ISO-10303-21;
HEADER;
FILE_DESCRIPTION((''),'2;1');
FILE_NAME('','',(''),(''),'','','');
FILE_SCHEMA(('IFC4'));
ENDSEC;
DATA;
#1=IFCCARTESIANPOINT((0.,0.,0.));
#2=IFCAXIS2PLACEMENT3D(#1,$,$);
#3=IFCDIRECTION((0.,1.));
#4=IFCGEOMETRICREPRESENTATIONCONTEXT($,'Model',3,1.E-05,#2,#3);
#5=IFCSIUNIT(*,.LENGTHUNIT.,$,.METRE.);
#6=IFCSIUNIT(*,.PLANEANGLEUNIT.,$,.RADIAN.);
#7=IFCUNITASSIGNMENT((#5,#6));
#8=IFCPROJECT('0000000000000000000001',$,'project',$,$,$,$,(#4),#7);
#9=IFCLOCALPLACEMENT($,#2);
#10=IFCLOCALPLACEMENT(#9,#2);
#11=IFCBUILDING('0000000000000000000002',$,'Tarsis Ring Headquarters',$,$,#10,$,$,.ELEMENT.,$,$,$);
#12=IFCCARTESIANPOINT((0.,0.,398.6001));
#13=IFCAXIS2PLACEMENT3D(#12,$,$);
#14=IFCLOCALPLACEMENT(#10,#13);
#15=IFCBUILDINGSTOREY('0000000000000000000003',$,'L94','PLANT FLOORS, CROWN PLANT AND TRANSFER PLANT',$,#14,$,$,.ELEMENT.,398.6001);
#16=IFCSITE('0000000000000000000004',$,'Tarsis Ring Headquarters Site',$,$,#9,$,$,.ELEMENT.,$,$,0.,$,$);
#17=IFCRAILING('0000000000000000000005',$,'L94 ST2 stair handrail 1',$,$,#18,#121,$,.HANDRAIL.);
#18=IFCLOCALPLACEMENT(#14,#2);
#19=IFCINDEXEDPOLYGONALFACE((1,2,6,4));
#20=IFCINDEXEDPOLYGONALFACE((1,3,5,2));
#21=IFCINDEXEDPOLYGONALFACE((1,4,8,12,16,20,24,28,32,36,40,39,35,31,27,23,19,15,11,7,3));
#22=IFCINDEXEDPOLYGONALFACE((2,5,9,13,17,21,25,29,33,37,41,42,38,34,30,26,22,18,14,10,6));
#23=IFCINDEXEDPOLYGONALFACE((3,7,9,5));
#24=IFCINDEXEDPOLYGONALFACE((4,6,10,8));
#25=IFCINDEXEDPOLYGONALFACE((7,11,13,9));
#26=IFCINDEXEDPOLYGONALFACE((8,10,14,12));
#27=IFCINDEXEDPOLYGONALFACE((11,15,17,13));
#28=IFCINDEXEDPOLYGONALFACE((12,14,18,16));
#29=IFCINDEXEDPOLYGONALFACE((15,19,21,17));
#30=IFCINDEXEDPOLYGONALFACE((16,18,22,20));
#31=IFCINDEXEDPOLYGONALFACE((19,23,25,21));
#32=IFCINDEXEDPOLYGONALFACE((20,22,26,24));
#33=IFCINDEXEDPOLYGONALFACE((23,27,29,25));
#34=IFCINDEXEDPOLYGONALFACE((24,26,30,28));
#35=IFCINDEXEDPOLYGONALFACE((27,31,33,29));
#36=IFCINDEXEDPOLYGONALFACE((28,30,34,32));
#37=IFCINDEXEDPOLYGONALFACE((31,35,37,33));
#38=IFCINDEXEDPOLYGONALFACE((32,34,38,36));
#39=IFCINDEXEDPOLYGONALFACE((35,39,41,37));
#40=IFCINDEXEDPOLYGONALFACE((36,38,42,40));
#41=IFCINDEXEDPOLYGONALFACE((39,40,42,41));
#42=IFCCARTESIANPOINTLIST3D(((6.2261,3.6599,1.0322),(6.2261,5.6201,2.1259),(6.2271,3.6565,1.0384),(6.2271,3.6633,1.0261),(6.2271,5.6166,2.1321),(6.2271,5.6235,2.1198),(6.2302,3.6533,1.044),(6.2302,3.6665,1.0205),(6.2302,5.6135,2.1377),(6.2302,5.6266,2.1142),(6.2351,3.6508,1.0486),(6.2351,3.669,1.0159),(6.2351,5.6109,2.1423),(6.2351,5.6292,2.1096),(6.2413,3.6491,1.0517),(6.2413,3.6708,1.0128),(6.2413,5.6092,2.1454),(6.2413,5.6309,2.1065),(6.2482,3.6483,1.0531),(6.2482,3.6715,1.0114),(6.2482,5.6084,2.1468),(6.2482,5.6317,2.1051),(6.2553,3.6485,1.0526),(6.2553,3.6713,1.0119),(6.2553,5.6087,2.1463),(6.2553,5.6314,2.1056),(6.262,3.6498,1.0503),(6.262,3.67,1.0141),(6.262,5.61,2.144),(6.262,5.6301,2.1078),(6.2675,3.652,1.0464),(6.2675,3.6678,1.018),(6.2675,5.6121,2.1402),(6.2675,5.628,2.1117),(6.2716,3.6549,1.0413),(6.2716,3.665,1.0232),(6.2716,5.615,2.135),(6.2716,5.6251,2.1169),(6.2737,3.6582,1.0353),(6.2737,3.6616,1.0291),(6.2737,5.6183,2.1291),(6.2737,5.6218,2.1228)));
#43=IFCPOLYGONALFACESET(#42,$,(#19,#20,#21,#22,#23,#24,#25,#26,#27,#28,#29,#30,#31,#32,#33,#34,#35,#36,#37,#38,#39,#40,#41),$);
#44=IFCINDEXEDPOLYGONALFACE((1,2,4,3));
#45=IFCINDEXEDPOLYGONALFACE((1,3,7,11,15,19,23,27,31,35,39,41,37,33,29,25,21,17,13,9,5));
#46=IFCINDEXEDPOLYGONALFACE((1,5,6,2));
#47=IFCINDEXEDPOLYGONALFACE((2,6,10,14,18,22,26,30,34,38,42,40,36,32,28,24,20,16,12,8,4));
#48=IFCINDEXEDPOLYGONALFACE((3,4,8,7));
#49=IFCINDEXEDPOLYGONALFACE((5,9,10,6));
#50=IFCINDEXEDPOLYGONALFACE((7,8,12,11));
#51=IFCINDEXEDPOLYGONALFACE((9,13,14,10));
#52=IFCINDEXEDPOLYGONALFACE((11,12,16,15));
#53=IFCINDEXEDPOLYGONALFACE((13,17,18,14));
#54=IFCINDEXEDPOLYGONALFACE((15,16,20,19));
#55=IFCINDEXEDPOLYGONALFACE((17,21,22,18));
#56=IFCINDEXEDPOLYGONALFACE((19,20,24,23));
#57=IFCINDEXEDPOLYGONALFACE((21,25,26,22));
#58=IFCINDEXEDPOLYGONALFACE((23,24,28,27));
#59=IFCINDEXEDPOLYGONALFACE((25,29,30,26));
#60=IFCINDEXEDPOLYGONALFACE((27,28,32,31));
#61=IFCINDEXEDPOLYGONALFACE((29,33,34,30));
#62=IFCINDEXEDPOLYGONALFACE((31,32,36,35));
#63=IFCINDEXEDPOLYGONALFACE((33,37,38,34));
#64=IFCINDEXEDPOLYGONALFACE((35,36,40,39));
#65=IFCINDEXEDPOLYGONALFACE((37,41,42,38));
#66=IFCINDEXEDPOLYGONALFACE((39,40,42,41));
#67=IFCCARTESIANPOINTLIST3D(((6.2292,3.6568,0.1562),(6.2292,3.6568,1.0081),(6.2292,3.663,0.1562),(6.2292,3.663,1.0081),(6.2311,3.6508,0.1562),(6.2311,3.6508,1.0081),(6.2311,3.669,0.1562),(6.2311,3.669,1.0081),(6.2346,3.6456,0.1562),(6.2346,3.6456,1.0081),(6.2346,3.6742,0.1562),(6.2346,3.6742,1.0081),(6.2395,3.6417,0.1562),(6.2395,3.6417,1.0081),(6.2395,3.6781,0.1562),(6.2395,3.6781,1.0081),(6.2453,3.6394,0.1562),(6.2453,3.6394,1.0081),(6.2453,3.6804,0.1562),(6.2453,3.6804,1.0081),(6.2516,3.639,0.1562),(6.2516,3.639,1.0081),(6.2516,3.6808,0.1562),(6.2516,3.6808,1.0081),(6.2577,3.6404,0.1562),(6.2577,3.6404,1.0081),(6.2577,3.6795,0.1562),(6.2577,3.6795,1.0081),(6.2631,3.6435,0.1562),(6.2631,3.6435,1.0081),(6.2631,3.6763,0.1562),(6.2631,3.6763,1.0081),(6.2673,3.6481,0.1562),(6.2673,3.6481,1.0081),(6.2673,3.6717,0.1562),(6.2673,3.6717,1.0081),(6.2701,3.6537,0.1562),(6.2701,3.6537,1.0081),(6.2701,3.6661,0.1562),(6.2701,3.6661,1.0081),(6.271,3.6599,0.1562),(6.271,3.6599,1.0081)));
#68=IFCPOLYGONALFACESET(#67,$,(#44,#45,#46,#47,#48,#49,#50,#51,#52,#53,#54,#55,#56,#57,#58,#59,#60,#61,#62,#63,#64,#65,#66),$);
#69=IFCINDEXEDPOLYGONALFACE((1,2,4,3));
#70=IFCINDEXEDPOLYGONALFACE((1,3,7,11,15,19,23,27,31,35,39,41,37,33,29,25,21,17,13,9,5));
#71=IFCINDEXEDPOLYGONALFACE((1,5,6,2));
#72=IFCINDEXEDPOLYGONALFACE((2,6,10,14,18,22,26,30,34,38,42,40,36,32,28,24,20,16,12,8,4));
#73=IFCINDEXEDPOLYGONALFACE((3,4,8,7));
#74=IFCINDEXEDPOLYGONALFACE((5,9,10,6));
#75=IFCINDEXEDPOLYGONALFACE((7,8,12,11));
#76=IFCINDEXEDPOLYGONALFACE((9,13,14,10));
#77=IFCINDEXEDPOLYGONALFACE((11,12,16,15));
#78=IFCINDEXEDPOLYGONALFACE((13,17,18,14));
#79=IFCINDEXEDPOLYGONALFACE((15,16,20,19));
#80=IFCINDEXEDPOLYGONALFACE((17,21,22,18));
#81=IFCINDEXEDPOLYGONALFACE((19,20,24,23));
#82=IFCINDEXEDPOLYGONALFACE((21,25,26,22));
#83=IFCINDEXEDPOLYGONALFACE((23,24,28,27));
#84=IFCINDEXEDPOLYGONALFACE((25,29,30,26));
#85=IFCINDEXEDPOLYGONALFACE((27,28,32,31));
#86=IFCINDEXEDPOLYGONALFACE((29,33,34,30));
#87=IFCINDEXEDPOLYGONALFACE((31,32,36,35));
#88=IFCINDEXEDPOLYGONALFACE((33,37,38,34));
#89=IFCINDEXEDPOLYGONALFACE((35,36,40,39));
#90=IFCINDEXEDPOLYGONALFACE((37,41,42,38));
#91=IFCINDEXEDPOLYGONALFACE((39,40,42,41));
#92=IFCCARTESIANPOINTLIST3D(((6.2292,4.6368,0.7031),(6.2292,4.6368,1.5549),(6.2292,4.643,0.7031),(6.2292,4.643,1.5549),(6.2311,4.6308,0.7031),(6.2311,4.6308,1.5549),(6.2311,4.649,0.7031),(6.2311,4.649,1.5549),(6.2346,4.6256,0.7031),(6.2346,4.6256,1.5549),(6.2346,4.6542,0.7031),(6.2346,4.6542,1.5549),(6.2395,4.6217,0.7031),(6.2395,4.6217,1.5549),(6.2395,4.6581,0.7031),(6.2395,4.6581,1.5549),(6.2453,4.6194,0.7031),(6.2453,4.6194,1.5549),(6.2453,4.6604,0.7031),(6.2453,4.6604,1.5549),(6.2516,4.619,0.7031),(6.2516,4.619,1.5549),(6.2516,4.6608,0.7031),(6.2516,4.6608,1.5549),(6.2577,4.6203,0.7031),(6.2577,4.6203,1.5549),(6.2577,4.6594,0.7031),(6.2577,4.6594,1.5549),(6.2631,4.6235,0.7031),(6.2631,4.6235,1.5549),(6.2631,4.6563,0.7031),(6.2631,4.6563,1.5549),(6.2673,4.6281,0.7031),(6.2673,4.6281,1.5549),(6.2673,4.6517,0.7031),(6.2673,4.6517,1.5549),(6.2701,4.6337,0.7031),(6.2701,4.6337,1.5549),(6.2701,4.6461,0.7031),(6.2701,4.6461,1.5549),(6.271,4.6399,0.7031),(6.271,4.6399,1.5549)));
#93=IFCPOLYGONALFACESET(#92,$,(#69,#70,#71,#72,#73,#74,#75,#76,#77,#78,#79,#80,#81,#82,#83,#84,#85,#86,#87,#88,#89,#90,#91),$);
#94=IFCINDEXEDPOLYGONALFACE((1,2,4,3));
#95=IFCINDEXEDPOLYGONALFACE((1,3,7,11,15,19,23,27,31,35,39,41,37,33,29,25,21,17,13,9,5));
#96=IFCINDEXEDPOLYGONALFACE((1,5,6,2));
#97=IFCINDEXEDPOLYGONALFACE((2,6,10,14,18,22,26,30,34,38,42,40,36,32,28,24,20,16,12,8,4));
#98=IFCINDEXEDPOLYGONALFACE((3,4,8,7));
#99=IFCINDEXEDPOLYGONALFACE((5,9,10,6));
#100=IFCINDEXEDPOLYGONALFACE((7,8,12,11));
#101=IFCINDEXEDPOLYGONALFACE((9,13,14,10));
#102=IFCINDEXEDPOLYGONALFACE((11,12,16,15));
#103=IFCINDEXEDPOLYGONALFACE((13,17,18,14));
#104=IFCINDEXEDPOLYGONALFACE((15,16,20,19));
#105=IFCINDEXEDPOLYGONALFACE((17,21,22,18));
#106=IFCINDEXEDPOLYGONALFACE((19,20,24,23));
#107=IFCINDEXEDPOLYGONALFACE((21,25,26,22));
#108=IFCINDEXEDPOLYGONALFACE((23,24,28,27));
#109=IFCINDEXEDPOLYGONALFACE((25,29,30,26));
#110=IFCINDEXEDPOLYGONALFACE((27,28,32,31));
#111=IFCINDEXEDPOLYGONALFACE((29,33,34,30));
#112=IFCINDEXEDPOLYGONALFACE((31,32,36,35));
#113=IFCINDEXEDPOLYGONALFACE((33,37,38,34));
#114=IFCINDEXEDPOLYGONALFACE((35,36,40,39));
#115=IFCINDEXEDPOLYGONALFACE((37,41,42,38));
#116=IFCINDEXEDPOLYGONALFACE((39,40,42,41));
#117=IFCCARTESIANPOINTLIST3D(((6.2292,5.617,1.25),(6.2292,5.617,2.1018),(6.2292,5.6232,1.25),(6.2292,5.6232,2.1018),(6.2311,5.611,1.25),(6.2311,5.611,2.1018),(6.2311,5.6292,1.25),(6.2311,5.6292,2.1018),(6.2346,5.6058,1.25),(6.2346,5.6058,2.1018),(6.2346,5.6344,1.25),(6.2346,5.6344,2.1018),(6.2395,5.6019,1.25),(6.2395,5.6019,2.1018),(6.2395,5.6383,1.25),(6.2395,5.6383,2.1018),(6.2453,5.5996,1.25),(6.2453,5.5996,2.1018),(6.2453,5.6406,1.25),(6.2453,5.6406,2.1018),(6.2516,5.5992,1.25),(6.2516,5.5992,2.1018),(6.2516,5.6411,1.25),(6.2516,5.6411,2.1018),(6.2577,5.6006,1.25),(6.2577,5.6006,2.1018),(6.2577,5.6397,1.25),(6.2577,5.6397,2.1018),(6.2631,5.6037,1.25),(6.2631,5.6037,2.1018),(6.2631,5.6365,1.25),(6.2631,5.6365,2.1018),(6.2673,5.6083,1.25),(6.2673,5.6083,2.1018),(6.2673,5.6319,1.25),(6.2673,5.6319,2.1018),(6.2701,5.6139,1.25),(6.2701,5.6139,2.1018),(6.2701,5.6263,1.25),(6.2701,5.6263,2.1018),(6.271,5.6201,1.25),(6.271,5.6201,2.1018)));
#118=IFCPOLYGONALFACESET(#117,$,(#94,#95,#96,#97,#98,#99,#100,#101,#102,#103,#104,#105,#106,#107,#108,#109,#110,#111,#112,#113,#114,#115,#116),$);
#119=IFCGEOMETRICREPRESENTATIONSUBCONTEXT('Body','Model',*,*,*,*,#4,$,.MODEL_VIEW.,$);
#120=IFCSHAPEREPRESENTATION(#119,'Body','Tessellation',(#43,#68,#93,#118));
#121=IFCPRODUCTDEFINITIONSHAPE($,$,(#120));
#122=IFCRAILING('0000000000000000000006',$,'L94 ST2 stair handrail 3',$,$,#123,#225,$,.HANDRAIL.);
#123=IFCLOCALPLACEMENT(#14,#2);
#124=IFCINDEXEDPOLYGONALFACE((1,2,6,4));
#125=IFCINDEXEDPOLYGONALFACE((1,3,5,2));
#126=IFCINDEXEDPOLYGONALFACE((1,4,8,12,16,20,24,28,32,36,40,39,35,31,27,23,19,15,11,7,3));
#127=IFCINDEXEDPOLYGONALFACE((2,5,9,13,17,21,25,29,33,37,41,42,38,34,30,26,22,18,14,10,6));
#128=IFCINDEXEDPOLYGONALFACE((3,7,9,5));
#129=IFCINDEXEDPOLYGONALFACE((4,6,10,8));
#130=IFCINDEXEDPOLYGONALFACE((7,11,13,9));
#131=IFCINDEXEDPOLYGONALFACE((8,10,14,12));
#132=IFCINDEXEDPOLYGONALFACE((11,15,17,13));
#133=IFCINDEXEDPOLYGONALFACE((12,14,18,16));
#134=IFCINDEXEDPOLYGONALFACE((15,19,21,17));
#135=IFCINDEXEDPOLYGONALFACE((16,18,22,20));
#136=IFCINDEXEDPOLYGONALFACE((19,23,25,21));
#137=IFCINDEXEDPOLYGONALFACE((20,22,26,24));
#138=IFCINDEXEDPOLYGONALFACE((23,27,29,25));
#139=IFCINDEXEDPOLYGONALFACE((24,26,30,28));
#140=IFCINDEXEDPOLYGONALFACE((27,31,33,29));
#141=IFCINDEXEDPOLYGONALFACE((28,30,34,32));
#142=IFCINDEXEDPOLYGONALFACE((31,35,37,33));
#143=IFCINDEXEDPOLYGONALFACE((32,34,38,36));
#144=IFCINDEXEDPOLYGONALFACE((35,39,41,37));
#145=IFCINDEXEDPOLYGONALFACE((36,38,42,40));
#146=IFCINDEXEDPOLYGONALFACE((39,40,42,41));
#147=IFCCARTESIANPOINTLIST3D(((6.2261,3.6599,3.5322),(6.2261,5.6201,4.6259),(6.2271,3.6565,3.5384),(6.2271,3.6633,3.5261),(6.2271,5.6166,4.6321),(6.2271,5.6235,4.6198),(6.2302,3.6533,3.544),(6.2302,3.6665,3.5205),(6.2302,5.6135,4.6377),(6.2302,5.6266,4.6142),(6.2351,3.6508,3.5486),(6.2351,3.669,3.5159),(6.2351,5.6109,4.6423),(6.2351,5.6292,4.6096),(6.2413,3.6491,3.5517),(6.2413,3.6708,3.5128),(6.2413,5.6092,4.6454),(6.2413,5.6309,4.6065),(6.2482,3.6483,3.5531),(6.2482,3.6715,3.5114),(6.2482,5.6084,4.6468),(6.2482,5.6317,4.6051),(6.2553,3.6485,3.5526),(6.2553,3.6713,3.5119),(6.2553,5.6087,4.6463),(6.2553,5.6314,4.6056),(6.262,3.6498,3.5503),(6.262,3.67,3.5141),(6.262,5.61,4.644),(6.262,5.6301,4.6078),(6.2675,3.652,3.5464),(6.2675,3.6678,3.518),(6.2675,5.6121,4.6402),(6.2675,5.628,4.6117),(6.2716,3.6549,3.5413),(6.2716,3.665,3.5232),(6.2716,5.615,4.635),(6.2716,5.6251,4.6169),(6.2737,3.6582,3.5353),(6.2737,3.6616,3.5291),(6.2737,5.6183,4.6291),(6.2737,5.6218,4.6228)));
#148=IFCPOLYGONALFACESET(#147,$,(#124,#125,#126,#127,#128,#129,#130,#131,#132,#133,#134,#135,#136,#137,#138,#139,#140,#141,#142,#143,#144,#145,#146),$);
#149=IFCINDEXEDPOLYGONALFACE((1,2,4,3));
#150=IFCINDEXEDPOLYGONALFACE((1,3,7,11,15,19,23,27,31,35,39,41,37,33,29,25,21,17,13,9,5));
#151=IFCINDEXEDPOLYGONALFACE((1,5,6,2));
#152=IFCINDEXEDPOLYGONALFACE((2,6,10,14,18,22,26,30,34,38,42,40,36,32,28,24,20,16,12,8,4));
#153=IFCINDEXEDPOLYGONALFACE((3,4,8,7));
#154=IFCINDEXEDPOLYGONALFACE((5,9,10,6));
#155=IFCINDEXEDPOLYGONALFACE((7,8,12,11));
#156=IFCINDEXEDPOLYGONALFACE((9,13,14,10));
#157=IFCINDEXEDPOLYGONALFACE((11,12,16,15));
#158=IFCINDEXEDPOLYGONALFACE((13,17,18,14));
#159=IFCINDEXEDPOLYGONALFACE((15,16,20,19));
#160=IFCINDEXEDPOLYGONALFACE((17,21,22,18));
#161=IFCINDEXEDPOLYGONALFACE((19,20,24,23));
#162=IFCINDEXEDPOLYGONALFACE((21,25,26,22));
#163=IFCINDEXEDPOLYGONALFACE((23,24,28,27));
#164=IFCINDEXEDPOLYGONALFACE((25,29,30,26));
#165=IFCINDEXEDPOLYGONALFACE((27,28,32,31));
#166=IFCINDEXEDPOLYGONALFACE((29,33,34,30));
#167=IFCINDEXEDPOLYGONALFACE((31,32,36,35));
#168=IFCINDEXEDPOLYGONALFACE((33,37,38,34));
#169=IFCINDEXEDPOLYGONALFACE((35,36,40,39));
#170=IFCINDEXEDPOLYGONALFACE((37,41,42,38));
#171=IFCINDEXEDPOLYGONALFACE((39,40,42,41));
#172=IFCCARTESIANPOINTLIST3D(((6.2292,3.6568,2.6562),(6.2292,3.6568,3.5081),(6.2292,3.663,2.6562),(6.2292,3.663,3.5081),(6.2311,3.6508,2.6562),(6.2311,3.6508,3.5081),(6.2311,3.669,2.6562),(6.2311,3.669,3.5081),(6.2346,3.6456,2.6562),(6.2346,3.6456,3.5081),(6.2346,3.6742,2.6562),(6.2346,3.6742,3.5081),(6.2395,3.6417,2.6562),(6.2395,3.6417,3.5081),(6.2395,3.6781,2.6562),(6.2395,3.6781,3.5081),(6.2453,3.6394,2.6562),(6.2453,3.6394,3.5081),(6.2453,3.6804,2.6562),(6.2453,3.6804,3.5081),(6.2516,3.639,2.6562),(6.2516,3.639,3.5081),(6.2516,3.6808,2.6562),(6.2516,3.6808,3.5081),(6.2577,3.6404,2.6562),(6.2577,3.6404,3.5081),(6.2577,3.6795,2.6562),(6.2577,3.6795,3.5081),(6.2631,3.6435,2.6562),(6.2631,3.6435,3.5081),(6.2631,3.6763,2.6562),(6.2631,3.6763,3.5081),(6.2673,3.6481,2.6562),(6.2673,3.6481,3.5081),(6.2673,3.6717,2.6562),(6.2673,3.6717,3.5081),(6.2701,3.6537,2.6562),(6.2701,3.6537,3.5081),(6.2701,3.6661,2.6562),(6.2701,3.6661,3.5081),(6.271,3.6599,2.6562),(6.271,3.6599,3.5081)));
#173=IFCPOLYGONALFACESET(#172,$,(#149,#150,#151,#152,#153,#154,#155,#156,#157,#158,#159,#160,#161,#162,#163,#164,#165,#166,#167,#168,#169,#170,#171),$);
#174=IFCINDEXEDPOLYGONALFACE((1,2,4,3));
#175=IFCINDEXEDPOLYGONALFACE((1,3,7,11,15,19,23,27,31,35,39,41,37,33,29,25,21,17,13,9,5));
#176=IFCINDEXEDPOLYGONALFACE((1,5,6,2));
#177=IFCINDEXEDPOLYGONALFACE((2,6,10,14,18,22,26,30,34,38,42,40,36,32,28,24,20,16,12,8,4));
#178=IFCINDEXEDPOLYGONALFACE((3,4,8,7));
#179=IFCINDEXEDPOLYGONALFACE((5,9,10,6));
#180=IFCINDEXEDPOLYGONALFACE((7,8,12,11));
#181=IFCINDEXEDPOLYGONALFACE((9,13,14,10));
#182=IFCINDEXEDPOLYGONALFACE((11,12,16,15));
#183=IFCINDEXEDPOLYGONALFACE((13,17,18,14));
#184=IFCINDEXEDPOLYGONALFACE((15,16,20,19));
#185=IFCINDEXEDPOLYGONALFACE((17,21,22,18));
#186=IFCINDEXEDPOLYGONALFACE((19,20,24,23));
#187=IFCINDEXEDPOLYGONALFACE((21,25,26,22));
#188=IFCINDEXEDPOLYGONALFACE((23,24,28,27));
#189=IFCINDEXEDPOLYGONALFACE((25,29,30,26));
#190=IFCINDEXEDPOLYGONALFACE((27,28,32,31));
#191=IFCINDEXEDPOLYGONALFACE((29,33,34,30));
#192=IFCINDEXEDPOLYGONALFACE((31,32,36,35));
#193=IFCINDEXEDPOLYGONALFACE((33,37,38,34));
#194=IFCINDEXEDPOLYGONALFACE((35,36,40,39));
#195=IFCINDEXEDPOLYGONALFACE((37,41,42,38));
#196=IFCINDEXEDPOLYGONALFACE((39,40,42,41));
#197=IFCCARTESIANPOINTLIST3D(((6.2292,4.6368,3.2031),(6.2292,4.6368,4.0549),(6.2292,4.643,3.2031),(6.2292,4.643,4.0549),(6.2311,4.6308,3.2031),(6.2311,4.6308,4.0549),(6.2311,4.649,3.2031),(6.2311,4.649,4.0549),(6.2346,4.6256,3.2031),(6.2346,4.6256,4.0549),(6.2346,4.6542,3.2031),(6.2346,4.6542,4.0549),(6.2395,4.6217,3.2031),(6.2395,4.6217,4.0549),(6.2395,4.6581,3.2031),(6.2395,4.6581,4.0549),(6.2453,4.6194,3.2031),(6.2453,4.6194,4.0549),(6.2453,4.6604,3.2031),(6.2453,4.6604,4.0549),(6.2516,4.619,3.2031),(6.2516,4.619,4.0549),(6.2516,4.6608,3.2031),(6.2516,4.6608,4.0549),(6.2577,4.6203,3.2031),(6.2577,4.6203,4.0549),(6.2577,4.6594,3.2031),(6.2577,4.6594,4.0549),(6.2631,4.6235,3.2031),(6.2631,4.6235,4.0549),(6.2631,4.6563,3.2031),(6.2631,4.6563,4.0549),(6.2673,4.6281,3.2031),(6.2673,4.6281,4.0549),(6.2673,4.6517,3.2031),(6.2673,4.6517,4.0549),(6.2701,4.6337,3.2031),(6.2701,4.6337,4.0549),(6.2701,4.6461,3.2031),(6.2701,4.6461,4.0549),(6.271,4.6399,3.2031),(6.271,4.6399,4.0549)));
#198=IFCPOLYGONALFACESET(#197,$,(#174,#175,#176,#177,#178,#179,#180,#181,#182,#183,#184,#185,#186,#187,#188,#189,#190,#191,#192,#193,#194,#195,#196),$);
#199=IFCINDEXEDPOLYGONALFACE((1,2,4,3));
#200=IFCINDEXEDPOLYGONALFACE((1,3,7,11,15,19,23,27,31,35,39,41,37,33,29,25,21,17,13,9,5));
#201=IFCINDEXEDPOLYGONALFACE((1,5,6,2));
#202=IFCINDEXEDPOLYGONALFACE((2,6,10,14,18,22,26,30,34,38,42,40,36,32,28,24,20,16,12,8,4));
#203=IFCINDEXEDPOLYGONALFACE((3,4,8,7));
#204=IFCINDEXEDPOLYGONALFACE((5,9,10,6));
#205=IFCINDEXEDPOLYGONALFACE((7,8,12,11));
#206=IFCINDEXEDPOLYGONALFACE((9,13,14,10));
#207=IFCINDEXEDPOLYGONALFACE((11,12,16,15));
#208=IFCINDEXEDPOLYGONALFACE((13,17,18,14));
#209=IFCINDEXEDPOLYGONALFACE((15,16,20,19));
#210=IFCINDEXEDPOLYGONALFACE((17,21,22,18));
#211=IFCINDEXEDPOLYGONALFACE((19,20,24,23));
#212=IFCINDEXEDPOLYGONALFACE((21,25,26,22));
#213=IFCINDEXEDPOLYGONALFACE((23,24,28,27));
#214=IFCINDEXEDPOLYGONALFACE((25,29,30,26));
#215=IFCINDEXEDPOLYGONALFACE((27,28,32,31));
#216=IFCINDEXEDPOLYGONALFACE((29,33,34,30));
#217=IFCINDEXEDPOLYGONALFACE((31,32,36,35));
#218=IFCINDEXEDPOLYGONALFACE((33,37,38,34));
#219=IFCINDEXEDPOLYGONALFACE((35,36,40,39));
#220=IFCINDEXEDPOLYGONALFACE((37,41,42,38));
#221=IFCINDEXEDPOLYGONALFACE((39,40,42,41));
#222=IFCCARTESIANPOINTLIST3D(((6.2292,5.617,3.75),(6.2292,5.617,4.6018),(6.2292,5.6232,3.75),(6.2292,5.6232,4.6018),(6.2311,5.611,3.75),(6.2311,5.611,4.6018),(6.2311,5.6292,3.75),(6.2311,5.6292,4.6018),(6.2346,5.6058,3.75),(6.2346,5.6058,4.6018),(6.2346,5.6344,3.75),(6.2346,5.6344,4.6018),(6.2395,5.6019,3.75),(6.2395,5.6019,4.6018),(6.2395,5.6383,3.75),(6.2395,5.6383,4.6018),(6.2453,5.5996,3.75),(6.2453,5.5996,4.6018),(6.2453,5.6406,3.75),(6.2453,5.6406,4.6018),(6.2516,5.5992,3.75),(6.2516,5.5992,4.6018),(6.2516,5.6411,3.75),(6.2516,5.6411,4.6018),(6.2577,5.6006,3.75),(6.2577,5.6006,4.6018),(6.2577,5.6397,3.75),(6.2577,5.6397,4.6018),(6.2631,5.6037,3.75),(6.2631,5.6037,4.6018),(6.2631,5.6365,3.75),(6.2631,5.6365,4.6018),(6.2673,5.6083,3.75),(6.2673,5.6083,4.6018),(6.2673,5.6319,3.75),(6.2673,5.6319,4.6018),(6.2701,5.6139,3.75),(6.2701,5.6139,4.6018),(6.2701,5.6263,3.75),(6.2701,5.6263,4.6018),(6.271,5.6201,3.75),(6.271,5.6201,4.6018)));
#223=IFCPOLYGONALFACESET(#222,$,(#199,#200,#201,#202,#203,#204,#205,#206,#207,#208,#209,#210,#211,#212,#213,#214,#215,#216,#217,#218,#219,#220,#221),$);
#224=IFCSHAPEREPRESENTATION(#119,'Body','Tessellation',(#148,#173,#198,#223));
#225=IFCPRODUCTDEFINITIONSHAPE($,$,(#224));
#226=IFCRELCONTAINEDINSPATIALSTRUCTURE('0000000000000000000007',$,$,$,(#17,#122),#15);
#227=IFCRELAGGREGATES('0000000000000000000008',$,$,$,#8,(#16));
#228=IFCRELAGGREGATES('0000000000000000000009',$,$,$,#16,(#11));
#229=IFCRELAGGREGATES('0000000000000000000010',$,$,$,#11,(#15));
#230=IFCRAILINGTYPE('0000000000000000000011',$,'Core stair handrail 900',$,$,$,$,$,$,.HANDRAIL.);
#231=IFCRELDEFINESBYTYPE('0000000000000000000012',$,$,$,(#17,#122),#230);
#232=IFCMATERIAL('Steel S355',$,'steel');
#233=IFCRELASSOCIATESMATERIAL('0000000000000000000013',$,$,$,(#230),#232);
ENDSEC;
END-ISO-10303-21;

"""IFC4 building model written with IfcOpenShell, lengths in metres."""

from ifc_helpers import new_model, si_unit, direction, frame, origin, origin_2d, place, context, subcontext, project, spatial, circle, extrude, material, type_object, element, save


model = new_model("IFC4")

# Units and contexts
model_context = context("Model", 3, precision=1e-05, world=origin(), true_north=direction((0.0, 1.0)))
body_context = subcontext(model_context, "Body", "Model", "MODEL_VIEW")
ifc_project = project(units=[si_unit("LENGTHUNIT", "METRE"), si_unit("PLANEANGLEUNIT", "RADIAN")], contexts=[model_context])

# Site, building, storey
site_placement = place(None, origin())
site = spatial("IfcSite", under=ifc_project, at=site_placement, Name="Tarsis Ring Headquarters Site", CompositionType="ELEMENT", RefElevation=0.0)
building_placement = place(site_placement, origin())
building = spatial("IfcBuilding", under=site, at=building_placement, Name="Tarsis Ring Headquarters", CompositionType="ELEMENT")
storey_placement = place(building_placement, frame((0.0, 0.0, 398.6001)))
storey = spatial("IfcBuildingStorey", under=building, at=storey_placement, Name="L94", Description="PLANT FLOORS, CROWN PLANT AND TRANSFER PLANT", CompositionType="ELEMENT", Elevation=398.6001)

# Railings
ifc_material_1 = material(Name="Steel S355", Category="steel")
railing_type_1 = type_object("IfcRailingType", Name="Core stair handrail 900", PredefinedType="HANDRAIL", material=ifc_material_1)
for number, where, name in (
    (1, (6.25, 3.6599, 0.1562), "L94 ST2 stair handrail 1"),
    (2, (6.25, 3.6599, 2.6562), "L94 ST2 stair handrail 3"),
):
    element("IfcRailing", number, at=place(storey_placement, frame(where)), inside=storey, type_object=railing_type_1, Name=name, PredefinedType="HANDRAIL", context=body_context, shape_type="SweptSolid", body=[
        extrude(circle(Radius=0.0239, at=origin_2d()), frame((0.0, 0.0, 0.876), z_axis=(0.0, 0.873258, 0.487258), x_axis=(-1.0, 0.0, 0.0)), (0.0, 0.0, 1.0), 2.2446),
        extrude(circle(Radius=0.021, at=origin_2d()), origin(), (0.0, 0.0, 1.0), 0.8518),
        extrude(circle(Radius=0.021, at=origin_2d()), frame((0.0, 0.98, 0.5469)), (0.0, 0.0, 1.0), 0.8518),
        extrude(circle(Radius=0.021, at=origin_2d()), frame((0.0, 1.9602, 1.0938)), (0.0, 0.0, 1.0), 0.8518),
    ])

save(model, "model.ifc")
